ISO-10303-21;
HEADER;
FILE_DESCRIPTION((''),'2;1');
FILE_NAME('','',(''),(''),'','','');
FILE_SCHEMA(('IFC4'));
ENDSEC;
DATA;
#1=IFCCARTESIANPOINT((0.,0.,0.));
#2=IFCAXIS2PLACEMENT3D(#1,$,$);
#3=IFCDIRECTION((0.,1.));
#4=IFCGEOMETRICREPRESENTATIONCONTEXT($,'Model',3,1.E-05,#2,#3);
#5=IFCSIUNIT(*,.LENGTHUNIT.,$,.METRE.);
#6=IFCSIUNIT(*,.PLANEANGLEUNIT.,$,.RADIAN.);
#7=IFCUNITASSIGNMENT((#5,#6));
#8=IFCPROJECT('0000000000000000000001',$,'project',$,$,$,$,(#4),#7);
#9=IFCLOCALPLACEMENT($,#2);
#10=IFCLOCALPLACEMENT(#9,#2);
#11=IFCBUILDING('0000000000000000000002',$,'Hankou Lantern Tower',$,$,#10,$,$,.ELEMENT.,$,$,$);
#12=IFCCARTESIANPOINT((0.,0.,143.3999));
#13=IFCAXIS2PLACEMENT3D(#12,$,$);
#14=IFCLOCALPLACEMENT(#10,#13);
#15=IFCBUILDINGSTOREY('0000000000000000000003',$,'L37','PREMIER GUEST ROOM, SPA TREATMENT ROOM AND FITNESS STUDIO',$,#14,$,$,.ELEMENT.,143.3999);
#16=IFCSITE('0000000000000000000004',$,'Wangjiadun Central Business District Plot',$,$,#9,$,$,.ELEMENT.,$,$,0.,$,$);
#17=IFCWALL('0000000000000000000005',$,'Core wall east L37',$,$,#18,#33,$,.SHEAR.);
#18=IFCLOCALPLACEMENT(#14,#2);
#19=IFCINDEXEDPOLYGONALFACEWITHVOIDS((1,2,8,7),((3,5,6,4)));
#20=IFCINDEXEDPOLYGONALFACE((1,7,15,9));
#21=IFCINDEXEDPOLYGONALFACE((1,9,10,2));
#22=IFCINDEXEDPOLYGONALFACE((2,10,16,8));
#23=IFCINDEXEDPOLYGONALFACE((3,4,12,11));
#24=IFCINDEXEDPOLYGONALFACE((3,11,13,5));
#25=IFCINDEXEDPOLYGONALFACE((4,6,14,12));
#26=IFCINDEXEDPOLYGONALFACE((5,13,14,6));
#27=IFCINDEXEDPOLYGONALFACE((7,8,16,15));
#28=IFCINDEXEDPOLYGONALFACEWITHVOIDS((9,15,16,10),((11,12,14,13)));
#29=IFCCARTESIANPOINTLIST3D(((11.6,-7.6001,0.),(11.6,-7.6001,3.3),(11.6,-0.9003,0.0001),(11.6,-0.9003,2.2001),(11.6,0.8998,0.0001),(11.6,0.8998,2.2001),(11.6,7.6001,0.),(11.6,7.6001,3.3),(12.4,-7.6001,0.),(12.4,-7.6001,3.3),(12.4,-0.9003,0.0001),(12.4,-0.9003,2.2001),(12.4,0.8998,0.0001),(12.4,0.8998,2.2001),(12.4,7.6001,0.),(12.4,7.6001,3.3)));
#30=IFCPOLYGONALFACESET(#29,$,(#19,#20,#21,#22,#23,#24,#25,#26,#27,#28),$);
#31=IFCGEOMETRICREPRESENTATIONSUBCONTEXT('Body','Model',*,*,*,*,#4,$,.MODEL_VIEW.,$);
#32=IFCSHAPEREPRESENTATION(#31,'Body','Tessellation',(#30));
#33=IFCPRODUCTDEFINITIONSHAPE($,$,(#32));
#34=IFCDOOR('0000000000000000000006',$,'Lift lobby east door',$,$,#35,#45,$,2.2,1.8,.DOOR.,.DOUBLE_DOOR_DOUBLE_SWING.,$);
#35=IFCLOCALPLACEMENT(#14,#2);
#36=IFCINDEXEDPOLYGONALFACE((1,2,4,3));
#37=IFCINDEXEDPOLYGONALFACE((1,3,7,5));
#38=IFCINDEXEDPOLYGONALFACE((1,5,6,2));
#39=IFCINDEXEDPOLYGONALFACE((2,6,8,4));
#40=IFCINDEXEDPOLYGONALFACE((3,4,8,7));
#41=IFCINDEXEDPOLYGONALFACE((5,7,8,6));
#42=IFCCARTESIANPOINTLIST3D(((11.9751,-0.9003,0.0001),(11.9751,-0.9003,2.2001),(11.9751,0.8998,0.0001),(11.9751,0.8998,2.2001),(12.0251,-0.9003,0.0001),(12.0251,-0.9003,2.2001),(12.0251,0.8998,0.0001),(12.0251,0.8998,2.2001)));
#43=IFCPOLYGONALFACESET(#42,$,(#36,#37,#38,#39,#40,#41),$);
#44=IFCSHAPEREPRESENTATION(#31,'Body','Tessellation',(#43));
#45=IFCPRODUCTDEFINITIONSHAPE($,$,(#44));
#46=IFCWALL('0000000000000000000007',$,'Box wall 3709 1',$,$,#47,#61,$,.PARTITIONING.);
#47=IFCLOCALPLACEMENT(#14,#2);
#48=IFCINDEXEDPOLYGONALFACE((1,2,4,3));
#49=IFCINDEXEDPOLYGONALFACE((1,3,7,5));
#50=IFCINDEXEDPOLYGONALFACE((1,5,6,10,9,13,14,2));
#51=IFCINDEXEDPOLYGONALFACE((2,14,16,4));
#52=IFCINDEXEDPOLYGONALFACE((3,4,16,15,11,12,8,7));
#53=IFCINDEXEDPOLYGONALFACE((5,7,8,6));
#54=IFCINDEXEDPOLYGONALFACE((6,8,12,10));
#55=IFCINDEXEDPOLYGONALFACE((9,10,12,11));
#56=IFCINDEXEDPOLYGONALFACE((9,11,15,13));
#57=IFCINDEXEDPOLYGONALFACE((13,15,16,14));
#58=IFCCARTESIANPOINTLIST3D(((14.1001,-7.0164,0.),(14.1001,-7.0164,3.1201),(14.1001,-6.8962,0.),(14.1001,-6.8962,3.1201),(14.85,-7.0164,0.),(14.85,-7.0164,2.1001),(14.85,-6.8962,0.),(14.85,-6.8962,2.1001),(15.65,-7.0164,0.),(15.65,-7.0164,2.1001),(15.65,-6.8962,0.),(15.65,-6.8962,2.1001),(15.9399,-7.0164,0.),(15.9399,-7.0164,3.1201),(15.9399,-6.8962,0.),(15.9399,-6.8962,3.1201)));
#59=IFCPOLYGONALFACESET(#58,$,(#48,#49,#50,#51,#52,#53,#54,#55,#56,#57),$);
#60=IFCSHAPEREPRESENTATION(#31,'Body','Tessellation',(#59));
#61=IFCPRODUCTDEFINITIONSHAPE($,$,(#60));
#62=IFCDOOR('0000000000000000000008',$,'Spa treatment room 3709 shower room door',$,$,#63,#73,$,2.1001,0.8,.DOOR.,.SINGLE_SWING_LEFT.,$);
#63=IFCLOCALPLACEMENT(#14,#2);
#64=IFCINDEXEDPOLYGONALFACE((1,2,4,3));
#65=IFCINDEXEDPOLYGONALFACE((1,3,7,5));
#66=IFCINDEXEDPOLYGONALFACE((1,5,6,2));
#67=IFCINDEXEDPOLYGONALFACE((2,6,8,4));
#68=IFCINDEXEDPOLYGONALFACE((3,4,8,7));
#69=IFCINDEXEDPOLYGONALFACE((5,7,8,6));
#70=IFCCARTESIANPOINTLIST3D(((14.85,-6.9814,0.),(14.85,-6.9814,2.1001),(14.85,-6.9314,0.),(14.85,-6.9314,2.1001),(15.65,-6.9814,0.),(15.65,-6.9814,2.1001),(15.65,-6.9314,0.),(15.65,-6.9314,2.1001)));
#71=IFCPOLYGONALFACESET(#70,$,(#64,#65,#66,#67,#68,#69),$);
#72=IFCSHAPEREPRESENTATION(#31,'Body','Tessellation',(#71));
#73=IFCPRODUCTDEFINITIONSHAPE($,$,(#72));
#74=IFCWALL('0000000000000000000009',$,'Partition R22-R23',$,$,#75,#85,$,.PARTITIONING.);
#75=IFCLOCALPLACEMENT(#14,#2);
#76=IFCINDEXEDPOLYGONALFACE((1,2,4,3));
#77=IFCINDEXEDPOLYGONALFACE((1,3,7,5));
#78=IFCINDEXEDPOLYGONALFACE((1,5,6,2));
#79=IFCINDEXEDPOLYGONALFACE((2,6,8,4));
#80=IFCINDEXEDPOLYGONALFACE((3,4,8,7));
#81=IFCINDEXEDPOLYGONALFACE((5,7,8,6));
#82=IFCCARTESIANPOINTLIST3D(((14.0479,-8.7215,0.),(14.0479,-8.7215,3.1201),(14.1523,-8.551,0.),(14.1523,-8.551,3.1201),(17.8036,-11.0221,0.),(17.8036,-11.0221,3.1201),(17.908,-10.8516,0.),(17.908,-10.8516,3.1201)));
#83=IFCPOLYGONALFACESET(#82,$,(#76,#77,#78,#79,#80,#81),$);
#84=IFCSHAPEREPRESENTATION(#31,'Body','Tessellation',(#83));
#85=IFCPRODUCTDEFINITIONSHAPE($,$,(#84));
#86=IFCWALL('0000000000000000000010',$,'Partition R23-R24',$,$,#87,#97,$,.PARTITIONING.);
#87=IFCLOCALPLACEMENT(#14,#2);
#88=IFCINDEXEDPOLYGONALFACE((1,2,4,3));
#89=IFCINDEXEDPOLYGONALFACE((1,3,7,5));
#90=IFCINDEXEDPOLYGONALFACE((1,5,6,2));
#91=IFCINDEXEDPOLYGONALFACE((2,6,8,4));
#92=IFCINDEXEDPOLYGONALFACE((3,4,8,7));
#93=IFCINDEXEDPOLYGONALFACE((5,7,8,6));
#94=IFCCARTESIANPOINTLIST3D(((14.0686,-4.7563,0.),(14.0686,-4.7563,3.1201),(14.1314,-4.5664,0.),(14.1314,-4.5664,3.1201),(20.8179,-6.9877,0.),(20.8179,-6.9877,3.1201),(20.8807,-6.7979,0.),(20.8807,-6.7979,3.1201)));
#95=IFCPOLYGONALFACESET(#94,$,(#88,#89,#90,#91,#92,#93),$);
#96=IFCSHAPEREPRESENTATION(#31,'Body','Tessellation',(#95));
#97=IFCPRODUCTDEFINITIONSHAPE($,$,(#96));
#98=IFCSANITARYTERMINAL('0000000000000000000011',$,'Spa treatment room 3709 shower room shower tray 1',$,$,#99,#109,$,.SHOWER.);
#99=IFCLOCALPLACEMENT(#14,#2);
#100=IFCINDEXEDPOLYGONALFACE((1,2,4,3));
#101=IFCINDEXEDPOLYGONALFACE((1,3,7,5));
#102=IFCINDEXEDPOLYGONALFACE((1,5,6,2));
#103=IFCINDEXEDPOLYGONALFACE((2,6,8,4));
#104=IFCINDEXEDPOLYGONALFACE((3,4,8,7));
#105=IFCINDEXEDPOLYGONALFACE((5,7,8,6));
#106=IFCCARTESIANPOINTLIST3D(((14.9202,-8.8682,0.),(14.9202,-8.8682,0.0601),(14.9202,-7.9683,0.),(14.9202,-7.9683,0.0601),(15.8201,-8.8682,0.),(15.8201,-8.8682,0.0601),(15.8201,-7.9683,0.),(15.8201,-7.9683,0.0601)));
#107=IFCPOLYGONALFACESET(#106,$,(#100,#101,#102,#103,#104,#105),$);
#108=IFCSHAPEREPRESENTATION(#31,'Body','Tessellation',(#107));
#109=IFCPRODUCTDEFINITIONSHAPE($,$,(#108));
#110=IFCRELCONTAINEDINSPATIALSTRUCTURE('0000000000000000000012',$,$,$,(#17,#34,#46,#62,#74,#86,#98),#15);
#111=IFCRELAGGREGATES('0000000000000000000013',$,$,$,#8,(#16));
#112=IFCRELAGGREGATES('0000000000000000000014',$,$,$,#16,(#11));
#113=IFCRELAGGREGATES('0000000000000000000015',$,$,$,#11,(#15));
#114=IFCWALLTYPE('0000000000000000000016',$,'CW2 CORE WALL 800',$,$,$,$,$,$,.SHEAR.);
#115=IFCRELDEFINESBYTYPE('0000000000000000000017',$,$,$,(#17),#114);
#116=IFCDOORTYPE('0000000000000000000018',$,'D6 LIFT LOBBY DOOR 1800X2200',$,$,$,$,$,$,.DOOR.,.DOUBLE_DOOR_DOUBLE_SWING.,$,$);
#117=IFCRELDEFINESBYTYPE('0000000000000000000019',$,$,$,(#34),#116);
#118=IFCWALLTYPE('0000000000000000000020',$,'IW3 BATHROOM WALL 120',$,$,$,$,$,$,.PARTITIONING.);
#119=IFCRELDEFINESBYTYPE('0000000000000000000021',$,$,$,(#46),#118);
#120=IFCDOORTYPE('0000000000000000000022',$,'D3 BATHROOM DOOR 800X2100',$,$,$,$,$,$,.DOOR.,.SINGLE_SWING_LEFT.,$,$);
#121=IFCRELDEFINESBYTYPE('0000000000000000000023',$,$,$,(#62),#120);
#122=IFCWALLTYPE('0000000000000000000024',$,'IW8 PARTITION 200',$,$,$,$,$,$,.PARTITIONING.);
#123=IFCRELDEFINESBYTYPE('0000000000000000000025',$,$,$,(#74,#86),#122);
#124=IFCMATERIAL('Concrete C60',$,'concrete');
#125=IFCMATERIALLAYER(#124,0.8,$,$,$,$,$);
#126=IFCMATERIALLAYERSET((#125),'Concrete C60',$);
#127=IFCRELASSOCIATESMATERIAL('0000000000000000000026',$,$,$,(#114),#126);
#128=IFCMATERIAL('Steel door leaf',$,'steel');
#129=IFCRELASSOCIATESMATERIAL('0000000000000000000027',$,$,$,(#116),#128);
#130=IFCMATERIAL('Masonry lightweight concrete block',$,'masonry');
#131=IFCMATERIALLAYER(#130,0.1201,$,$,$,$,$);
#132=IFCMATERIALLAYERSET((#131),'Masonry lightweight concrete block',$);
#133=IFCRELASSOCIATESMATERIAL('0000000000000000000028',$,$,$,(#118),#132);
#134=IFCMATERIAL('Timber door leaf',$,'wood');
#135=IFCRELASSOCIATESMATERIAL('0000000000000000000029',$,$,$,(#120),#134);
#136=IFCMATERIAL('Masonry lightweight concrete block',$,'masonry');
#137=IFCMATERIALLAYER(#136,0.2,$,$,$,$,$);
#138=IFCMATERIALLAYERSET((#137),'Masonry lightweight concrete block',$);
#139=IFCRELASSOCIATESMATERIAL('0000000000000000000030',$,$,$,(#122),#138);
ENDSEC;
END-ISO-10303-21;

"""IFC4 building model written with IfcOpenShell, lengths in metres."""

from ifc_helpers import new_model, si_unit, direction, frame, frame_2d, origin, origin_2d, place, context, subcontext, project, spatial, rectangle, extrude, material, layer, layer_set, type_object, element, fill, save


model = new_model("IFC4")

# Units and contexts
model_context = context("Model", 3, precision=1e-05, world=origin(), true_north=direction((0.0, 1.0)))
body_context = subcontext(model_context, "Body", "Model", "MODEL_VIEW")
ifc_project = project(units=[si_unit("LENGTHUNIT", "METRE"), si_unit("PLANEANGLEUNIT", "RADIAN")], contexts=[model_context])

# Site, building, storey
site_placement = place(None, origin())
site = spatial("IfcSite", under=ifc_project, at=site_placement, Name="Wangjiadun Central Business District Plot", CompositionType="ELEMENT", RefElevation=0.0)
building_placement = place(site_placement, origin())
building = spatial("IfcBuilding", under=site, at=building_placement, Name="Hankou Lantern Tower", CompositionType="ELEMENT")
storey_placement = place(building_placement, frame((0.0, 0.0, 143.3999)))
storey = spatial("IfcBuildingStorey", under=building, at=storey_placement, Name="L37", Description="PREMIER GUEST ROOM, SPA TREATMENT ROOM AND FITNESS STUDIO", CompositionType="ELEMENT", Elevation=143.3999)

# Shared definitions
ifc_material_1 = material(Name="Concrete C60", Category="concrete")
ifc_layer_1 = layer(ifc_material_1, 0.8)
ifc_layer_set_1 = layer_set([ifc_layer_1], Name="Concrete C60")
wall_type_1 = type_object("IfcWallType", Name="CW2 CORE WALL 800", PredefinedType="SHEAR", material=ifc_layer_set_1)

# Walls, openings, doors
wall_1_placement = place(storey_placement, frame((12.0, -7.6001, 0.0), z_axis=(0.0, 0.0, 1.0), x_axis=(0.0, 1.0, 0.0)))
wall_1 = element("IfcWall", 1, at=wall_1_placement, inside=storey, type_object=wall_type_1, Name="Core wall east L37", PredefinedType="SHEAR", context=body_context, shape_type="SweptSolid", body=[
    extrude(rectangle(XDim=15.2002, YDim=0.8, at=frame_2d((7.6001, 0.0))), origin(), (0.0, 0.0, 1.0), 3.3),
])
opening_1_placement = place(wall_1_placement, frame((6.7, 0.0, 0.0)))
opening_1 = element("IfcOpeningElement", 2, at=opening_1_placement, cuts=wall_1, PredefinedType="OPENING", context=body_context, shape_type="SweptSolid", body=[
    extrude(rectangle(XDim=1.8, YDim=2.2, at=frame_2d((0.8999, 1.1001))), frame((0.0, 0.4099, 0.0), z_axis=(0.0, -1.0, 0.0), x_axis=(1.0, 0.0, 0.0)), (0.0, 0.0, 1.0), 0.8201),
])
ifc_material_2 = material(Name="Steel door leaf", Category="steel")
door_type_1 = type_object("IfcDoorType", Name="D6 LIFT LOBBY DOOR 1800X2200", OperationType="DOUBLE_DOOR_DOUBLE_SWING", PredefinedType="DOOR", material=ifc_material_2)
door_1_placement = place(opening_1_placement, origin())
door_1 = element("IfcDoor", 3, at=door_1_placement, inside=storey, type_object=door_type_1, Name="Lift lobby east door", OperationType="DOUBLE_DOOR_DOUBLE_SWING", OverallHeight=2.2, OverallWidth=1.8, PredefinedType="DOOR", context=body_context, shape_type="SweptSolid", body=[
    extrude(rectangle(XDim=1.8, YDim=2.2, at=frame_2d((0.8999, 1.1001))), frame((0.0, 0.0249, 0.0), z_axis=(0.0, -1.0, 0.0), x_axis=(1.0, 0.0, 0.0)), (0.0, 0.0, 1.0), 0.05),
])
fill(opening_1, door_1)
ifc_material_3 = material(Name="Masonry lightweight concrete block", Category="masonry")
ifc_layer_2 = layer(ifc_material_3, 0.1201)
ifc_layer_set_2 = layer_set([ifc_layer_2], Name="Masonry lightweight concrete block")
wall_type_2 = type_object("IfcWallType", Name="IW3 BATHROOM WALL 120", PredefinedType="PARTITIONING", material=ifc_layer_set_2)
wall_2_placement = place(storey_placement, frame((14.1001, -6.9563, 0.0), z_axis=(0.0, 0.0, 1.0), x_axis=(1.0, 0.0, 0.0)))
wall_2 = element("IfcWall", 4, at=wall_2_placement, inside=storey, type_object=wall_type_2, Name="Box wall 3709 1", PredefinedType="PARTITIONING", context=body_context, shape_type="SweptSolid", body=[
    extrude(rectangle(XDim=1.8398, YDim=0.1201, at=frame_2d((0.9199, 0.0))), origin(), (0.0, 0.0, 1.0), 3.1201),
])
opening_2_placement = place(wall_2_placement, frame((0.75, 0.0, 0.0)))
opening_2 = element("IfcOpeningElement", 5, at=opening_2_placement, cuts=wall_2, PredefinedType="OPENING", context=body_context, shape_type="SweptSolid", body=[
    extrude(rectangle(XDim=0.8, YDim=2.1001, at=frame_2d((0.3999, 1.05))), frame((0.0, 0.0701, 0.0), z_axis=(0.0, -1.0, 0.0), x_axis=(1.0, 0.0, 0.0)), (0.0, 0.0, 1.0), 0.1401),
])
ifc_material_4 = material(Name="Timber door leaf", Category="wood")
door_type_2 = type_object("IfcDoorType", Name="D3 BATHROOM DOOR 800X2100", OperationType="SINGLE_SWING_LEFT", PredefinedType="DOOR", material=ifc_material_4)
door_2_placement = place(opening_2_placement, origin())
door_2 = element("IfcDoor", 6, at=door_2_placement, inside=storey, type_object=door_type_2, Name="Spa treatment room 3709 shower room door", OperationType="SINGLE_SWING_LEFT", OverallHeight=2.1001, OverallWidth=0.8, PredefinedType="DOOR", context=body_context, shape_type="SweptSolid", body=[
    extrude(rectangle(XDim=0.8, YDim=2.1001, at=frame_2d((0.3999, 1.05))), frame((0.0, 0.0249, 0.0), z_axis=(0.0, -1.0, 0.0), x_axis=(1.0, 0.0, 0.0)), (0.0, 0.0, 1.0), 0.05),
])
fill(opening_2, door_2)

# Walls
ifc_material_5 = material(Name="Masonry lightweight concrete block", Category="masonry")
ifc_layer_3 = layer(ifc_material_5, 0.2)
ifc_layer_set_3 = layer_set([ifc_layer_3], Name="Masonry lightweight concrete block")
wall_type_3 = type_object("IfcWallType", Name="IW8 PARTITION 200", PredefinedType="PARTITIONING", material=ifc_layer_set_3)
wall_3_placement = place(storey_placement, frame((14.1001, -8.6362, 0.0), z_axis=(0.0, 0.0, 1.0), x_axis=(0.852732, -0.522349, 0.0)))
element("IfcWall", 7, at=wall_3_placement, inside=storey, type_object=wall_type_3, Name="Partition R22-R23", PredefinedType="PARTITIONING", context=body_context, shape_type="SweptSolid", body=[
    extrude(rectangle(XDim=4.4043, YDim=0.2, at=frame_2d((2.2021, 0.0))), origin(), (0.0, 0.0, 1.0), 3.1201),
])
wall_4_placement = place(storey_placement, frame((14.1001, -4.6614, 0.0), z_axis=(0.0, 0.0, 1.0), x_axis=(0.949453, -0.313909, 0.0)))
element("IfcWall", 8, at=wall_4_placement, inside=storey, type_object=wall_type_3, Name="Partition R23-R24", PredefinedType="PARTITIONING", context=body_context, shape_type="SweptSolid", body=[
    extrude(rectangle(XDim=7.1086, YDim=0.2, at=frame_2d((3.5542, 0.0))), origin(), (0.0, 0.0, 1.0), 3.1201),
])

# Sanitary terminal
sanitary_terminal_placement = place(storey_placement, frame((15.3701, -8.4182, 0.0), z_axis=(0.0, 0.0, 1.0), x_axis=(0.0, 1.0, 0.0)))
element("IfcSanitaryTerminal", 9, at=sanitary_terminal_placement, inside=storey, Name="Spa treatment room 3709 shower room shower tray 1", PredefinedType="SHOWER", context=body_context, shape_type="SweptSolid", body=[
    extrude(rectangle(XDim=0.8999, YDim=0.8999, at=origin_2d()), origin(), (0.0, 0.0, 1.0), 0.0601),
])

save(model, "model.ifc")
